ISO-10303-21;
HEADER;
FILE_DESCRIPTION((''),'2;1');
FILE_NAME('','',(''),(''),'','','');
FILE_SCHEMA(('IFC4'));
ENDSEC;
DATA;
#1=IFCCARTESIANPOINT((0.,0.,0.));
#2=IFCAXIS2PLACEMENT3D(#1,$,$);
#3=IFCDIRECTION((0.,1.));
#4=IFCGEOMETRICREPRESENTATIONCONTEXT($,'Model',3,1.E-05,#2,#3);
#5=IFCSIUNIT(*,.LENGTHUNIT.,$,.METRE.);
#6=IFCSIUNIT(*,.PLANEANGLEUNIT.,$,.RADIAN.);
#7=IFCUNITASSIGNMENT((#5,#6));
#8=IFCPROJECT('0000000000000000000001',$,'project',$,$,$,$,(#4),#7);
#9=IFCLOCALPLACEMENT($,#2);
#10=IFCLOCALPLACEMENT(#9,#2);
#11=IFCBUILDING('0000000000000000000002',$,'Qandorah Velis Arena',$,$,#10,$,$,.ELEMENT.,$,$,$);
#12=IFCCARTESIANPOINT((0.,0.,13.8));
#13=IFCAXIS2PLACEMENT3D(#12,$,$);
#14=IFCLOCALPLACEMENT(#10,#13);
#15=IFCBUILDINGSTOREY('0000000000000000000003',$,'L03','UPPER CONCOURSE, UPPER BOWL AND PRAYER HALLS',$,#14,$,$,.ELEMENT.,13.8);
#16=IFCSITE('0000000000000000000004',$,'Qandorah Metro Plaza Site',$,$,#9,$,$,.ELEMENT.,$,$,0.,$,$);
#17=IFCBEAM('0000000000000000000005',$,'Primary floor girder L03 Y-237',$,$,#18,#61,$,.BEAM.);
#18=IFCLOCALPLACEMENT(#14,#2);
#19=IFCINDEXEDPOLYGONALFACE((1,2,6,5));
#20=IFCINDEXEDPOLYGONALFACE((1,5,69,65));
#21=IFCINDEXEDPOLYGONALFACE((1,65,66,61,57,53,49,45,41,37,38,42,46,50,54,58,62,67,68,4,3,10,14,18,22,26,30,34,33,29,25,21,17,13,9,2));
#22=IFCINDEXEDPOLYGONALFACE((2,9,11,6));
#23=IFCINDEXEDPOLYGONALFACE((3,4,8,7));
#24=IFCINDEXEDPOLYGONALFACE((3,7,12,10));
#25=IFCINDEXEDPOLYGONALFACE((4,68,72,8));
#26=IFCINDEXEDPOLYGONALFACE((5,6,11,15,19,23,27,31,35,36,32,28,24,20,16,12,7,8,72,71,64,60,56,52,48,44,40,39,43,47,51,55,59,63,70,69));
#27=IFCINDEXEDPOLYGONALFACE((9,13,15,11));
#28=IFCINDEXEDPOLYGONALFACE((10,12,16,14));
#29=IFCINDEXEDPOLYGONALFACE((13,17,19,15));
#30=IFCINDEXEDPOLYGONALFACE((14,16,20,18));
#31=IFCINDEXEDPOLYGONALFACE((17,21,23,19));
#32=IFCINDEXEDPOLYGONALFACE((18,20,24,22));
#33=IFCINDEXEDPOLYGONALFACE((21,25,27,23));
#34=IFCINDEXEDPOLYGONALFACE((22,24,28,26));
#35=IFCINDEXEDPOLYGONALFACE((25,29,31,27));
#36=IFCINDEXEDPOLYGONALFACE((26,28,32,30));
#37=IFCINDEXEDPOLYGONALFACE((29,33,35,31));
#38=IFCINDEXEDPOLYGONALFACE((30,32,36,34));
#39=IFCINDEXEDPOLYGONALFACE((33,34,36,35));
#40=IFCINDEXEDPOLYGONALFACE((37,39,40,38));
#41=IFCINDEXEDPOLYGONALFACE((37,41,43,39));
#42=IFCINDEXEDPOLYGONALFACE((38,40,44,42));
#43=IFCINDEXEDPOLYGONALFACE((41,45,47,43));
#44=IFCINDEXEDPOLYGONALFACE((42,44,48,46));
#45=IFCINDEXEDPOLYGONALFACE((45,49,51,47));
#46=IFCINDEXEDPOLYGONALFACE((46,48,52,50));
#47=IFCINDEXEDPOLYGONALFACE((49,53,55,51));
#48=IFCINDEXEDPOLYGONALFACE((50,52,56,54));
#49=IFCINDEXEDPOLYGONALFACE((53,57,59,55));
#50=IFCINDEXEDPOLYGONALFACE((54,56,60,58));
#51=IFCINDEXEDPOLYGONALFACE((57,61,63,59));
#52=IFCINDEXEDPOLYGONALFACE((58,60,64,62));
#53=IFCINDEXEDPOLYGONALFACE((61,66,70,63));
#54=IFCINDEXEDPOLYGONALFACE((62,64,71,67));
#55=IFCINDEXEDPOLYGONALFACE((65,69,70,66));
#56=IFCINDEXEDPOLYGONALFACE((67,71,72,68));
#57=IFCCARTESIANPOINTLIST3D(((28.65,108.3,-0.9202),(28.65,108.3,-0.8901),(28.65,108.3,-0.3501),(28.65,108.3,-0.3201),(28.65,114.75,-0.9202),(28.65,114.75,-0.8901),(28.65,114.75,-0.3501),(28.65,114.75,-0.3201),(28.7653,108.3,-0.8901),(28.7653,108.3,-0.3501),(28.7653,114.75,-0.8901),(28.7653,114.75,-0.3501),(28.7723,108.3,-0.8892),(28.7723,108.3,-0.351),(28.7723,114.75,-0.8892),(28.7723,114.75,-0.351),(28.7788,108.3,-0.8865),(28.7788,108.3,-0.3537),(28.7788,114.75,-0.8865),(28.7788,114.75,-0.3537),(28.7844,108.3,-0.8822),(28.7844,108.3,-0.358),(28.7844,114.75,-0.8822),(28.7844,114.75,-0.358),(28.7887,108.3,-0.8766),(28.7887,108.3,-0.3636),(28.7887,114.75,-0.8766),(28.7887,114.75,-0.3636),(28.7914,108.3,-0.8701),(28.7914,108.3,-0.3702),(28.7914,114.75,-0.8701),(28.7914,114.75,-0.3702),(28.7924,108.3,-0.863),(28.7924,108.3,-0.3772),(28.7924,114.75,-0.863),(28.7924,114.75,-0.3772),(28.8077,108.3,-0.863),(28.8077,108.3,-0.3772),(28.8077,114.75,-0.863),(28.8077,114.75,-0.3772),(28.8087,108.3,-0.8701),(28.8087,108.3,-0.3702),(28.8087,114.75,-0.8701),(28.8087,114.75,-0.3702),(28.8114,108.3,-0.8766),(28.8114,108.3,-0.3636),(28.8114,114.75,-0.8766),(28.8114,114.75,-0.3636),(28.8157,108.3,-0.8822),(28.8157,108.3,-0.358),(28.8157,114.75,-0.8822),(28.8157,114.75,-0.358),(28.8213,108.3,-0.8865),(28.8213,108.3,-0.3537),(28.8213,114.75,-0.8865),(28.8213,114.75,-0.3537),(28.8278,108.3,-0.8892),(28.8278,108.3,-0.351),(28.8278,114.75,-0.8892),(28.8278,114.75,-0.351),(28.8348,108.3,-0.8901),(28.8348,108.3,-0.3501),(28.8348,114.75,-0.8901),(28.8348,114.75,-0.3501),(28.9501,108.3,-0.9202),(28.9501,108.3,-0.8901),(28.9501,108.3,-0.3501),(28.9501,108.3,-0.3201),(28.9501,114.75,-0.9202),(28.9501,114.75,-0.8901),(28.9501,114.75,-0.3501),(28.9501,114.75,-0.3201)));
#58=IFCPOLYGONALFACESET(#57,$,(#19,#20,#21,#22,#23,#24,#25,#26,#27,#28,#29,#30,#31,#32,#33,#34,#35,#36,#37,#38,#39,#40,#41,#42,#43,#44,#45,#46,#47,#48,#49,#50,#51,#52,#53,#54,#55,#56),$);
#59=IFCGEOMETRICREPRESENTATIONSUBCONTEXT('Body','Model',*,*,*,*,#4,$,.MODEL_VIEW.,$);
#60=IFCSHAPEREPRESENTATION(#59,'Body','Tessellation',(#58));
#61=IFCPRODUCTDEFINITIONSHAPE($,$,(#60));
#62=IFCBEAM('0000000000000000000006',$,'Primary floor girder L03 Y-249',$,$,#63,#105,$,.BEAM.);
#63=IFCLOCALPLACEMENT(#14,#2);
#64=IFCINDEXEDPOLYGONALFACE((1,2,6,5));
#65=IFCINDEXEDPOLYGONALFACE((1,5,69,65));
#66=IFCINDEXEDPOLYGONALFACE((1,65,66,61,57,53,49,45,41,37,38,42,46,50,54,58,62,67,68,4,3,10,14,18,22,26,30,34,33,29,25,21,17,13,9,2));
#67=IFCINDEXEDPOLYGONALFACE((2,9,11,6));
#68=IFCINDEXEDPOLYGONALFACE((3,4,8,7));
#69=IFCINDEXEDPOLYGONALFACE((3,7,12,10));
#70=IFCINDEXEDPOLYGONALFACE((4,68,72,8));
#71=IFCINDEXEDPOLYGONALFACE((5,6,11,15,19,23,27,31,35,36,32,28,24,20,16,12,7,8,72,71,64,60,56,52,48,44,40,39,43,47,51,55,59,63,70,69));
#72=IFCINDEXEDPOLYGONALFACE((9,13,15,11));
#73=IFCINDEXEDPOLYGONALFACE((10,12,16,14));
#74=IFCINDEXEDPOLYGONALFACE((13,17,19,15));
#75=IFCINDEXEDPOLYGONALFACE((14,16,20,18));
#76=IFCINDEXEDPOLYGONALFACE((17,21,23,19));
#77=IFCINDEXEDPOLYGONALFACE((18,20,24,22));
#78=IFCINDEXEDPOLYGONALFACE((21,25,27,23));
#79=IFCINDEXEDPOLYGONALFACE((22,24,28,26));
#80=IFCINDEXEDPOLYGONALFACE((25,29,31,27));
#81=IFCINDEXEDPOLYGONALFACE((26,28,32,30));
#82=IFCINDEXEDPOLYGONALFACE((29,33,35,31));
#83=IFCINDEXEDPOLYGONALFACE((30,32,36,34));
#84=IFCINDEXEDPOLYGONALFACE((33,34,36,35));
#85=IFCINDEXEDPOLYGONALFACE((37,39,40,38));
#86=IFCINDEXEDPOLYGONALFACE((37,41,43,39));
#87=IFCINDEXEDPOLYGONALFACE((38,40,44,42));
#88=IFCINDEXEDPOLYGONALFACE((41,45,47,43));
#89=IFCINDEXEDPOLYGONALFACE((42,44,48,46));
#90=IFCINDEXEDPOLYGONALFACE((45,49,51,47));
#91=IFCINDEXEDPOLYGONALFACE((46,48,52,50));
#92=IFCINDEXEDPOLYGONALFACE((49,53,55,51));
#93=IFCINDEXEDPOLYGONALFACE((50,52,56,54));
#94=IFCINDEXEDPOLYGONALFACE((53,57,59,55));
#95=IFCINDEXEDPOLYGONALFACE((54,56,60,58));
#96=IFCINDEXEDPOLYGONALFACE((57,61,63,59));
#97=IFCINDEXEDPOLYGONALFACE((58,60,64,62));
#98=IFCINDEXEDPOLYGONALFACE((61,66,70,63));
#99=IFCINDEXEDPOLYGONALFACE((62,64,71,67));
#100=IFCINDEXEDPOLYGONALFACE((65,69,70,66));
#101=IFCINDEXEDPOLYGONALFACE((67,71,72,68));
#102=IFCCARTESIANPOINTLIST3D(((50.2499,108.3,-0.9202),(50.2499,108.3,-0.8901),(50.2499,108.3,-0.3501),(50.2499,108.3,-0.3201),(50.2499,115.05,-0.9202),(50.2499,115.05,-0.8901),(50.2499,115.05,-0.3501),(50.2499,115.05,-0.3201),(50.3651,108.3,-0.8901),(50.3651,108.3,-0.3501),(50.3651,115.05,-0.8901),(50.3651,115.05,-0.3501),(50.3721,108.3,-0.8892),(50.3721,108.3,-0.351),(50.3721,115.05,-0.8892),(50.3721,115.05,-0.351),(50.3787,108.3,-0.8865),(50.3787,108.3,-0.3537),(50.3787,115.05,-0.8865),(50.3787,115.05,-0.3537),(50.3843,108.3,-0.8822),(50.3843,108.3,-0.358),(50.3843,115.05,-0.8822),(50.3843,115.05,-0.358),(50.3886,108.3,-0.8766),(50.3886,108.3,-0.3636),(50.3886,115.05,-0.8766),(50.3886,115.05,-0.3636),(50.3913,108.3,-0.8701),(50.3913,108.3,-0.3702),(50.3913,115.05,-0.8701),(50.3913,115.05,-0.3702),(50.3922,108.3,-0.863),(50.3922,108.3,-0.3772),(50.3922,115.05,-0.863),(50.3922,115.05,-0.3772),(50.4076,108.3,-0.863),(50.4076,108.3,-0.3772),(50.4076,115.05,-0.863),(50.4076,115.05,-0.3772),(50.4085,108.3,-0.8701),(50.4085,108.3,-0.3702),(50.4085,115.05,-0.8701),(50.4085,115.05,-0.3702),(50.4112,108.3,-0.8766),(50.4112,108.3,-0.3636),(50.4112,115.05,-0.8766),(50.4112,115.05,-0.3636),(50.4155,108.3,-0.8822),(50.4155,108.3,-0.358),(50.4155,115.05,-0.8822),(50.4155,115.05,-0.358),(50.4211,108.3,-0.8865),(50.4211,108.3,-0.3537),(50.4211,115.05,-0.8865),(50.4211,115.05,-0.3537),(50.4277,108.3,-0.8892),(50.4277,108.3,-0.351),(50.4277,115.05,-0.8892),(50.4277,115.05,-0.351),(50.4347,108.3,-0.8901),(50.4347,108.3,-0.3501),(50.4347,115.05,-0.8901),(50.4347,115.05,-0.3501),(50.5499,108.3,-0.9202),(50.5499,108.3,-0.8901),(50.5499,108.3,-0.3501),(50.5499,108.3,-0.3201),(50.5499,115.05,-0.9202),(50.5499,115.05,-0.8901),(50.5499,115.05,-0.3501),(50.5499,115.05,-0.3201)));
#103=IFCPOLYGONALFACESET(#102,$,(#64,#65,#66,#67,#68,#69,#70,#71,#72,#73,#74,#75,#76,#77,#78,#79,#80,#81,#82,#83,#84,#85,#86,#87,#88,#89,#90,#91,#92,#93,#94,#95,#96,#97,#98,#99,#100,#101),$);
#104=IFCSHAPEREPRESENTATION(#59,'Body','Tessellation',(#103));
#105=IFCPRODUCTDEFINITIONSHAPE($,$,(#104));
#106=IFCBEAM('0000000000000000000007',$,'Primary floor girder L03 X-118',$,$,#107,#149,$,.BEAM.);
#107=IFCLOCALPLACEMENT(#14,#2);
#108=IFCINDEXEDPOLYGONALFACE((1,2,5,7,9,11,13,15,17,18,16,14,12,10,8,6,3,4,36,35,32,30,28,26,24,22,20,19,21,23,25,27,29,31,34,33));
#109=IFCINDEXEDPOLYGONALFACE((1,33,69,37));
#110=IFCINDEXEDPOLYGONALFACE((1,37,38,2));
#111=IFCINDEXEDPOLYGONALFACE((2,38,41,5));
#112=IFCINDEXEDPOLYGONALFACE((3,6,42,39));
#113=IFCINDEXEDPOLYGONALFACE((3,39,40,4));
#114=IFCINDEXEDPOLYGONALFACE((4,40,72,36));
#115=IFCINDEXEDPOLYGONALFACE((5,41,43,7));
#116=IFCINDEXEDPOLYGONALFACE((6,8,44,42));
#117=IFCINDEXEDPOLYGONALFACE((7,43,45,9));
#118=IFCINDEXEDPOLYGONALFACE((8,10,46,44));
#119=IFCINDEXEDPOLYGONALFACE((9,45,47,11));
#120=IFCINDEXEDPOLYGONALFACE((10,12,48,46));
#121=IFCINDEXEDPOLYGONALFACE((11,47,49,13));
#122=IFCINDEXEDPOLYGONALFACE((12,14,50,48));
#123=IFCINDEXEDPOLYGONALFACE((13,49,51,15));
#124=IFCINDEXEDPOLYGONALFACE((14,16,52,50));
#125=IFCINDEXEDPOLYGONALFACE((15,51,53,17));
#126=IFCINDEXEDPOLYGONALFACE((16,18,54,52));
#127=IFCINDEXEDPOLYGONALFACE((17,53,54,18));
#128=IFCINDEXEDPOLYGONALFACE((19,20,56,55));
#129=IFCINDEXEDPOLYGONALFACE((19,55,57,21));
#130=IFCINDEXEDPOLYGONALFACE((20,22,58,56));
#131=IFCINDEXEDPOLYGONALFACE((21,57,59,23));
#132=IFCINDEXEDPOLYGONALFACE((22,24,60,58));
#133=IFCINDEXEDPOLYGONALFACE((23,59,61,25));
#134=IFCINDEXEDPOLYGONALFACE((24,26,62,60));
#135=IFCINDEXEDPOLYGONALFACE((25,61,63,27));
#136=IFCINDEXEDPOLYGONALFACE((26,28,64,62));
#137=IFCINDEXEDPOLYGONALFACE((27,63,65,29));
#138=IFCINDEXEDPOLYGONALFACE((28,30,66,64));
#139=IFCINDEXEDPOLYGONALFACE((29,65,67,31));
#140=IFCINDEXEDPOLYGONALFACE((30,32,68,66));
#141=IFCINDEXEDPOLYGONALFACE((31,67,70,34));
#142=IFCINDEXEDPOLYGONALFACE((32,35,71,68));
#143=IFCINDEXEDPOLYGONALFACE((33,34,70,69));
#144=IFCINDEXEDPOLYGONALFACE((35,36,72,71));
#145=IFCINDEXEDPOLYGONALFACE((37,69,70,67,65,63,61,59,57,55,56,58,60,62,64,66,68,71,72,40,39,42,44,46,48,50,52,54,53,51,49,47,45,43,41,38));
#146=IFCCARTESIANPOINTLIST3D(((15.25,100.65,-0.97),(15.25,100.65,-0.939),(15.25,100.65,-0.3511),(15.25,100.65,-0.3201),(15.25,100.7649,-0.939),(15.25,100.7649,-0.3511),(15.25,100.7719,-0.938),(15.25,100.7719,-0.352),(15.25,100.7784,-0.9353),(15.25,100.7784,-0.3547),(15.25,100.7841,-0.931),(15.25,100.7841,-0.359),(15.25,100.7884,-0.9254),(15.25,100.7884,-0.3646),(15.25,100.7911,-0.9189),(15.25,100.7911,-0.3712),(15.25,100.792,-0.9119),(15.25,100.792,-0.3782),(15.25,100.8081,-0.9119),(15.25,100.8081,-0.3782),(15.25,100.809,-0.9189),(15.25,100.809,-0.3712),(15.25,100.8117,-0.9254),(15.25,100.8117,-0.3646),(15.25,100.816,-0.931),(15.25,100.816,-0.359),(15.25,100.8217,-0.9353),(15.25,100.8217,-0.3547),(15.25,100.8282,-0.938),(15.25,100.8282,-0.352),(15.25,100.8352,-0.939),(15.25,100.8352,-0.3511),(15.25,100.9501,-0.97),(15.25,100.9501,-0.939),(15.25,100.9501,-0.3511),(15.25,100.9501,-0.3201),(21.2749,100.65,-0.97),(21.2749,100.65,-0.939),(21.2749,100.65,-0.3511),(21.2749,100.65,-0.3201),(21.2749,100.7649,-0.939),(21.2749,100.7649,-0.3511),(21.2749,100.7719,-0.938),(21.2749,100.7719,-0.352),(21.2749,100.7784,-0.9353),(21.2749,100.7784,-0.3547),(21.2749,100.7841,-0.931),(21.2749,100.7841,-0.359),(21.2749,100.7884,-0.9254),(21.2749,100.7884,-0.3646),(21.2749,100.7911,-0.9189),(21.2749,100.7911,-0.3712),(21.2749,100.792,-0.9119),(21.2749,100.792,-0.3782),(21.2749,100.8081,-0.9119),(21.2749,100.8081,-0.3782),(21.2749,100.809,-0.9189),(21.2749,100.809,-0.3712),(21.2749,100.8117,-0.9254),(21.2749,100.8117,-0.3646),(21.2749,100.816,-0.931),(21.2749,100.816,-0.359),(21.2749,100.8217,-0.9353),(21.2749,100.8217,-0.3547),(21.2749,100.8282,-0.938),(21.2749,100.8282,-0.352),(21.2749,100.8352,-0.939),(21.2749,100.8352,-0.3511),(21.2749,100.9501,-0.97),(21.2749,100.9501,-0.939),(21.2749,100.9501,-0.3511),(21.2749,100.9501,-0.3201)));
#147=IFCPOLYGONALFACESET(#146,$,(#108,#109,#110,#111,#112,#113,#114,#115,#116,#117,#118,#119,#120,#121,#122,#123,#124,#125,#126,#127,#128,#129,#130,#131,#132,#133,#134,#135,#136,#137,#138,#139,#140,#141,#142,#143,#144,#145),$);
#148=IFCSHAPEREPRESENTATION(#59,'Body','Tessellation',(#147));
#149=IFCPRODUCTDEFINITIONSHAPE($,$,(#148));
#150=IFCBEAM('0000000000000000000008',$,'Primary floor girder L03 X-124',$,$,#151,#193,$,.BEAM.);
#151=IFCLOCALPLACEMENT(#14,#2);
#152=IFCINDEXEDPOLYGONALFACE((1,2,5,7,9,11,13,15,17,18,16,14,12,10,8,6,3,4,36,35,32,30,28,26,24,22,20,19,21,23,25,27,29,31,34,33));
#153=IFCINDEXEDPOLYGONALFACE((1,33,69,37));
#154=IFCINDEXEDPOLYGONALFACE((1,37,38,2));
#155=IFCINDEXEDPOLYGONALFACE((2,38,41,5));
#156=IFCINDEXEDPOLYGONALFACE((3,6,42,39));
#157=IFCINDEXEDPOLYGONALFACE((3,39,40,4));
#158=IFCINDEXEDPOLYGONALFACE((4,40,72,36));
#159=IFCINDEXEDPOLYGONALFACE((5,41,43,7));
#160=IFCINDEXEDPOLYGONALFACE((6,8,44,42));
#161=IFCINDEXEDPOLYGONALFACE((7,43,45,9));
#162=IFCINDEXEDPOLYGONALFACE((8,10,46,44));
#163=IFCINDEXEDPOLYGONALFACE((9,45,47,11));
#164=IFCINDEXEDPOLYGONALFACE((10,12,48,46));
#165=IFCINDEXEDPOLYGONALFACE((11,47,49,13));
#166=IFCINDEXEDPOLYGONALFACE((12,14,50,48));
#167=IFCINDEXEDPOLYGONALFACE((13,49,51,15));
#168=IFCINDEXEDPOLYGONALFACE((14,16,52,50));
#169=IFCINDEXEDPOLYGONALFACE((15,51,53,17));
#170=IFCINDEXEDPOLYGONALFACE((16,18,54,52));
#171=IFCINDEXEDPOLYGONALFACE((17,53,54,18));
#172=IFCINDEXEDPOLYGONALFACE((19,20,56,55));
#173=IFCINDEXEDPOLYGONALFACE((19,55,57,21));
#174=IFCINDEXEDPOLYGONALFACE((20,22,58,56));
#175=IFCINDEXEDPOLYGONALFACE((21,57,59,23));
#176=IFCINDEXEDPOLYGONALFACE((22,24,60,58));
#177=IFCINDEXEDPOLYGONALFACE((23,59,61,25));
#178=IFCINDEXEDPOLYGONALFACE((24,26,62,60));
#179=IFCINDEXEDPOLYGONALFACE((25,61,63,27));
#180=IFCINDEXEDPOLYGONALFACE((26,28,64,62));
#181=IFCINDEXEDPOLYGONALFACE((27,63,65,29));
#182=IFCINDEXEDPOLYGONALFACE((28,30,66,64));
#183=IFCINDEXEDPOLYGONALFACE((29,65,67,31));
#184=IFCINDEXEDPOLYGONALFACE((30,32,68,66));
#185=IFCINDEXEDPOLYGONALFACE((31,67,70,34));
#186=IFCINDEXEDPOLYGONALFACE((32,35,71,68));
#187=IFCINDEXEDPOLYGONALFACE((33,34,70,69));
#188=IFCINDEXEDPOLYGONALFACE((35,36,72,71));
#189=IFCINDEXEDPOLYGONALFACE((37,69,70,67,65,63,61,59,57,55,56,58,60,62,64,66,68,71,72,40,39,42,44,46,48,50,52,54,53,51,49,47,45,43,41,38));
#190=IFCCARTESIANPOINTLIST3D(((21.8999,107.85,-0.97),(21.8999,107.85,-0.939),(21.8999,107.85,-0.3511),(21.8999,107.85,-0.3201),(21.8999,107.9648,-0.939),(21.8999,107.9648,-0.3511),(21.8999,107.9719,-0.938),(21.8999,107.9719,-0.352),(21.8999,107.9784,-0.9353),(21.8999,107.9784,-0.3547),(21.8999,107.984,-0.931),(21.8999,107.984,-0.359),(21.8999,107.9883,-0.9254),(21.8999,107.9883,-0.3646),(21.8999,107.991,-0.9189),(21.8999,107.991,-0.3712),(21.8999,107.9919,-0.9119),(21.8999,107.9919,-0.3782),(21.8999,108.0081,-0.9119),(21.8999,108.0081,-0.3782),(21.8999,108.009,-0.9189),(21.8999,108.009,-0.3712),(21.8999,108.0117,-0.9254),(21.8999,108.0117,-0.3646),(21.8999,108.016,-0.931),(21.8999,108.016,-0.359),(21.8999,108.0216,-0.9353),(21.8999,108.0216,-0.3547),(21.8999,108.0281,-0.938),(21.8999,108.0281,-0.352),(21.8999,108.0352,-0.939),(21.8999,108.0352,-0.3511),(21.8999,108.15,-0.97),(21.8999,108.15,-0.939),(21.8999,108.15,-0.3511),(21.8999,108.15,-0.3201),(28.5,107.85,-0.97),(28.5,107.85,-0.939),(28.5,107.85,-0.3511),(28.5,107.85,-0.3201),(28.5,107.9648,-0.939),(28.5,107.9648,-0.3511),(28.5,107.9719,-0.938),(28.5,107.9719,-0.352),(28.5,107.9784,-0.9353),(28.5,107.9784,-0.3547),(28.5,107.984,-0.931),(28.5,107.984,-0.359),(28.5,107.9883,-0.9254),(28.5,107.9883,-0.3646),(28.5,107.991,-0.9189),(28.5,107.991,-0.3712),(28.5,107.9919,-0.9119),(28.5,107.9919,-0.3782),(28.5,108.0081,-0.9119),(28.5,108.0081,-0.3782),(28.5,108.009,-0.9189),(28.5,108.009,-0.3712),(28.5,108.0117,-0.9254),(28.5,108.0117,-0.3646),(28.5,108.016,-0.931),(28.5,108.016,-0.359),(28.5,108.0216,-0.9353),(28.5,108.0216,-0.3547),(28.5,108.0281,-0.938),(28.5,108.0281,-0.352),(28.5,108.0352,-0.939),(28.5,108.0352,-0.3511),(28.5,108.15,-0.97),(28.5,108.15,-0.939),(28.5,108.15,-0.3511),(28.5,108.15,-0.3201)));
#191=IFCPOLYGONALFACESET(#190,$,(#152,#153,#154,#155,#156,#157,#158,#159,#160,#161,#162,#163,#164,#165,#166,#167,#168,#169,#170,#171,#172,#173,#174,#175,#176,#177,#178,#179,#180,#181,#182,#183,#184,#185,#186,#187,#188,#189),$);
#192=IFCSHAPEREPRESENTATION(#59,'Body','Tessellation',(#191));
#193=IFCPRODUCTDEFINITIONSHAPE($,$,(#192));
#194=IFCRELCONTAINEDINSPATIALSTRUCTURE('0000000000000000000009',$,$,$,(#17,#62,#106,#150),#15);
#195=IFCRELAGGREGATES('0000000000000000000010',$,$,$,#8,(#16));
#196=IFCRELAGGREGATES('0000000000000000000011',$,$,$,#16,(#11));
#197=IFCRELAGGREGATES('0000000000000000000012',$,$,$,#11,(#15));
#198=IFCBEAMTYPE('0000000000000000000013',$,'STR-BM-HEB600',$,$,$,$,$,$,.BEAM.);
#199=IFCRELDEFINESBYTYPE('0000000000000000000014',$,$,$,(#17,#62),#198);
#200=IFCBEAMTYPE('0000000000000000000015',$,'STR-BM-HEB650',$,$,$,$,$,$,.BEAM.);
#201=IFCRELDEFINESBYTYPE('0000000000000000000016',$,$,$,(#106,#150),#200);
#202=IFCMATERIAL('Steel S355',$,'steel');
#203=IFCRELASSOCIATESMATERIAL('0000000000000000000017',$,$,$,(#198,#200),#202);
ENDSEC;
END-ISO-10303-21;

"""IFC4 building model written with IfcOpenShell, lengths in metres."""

from ifc_helpers import new_model, si_unit, direction, frame, origin, origin_2d, place, context, subcontext, project, spatial, i_section, extrude, material, material_profile, profile_set, type_object, element, save


model = new_model("IFC4")

# Units and contexts
model_context = context("Model", 3, precision=1e-05, world=origin(), true_north=direction((0.0, 1.0)))
body_context = subcontext(model_context, "Body", "Model", "MODEL_VIEW")
ifc_project = project(units=[si_unit("LENGTHUNIT", "METRE"), si_unit("PLANEANGLEUNIT", "RADIAN")], contexts=[model_context])

# Site, building, storey
site_placement = place(None, origin())
site = spatial("IfcSite", under=ifc_project, at=site_placement, Name="Qandorah Metro Plaza Site", CompositionType="ELEMENT", RefElevation=0.0)
building_placement = place(site_placement, origin())
building = spatial("IfcBuilding", under=site, at=building_placement, Name="Qandorah Velis Arena", CompositionType="ELEMENT")
storey_placement = place(building_placement, frame((0.0, 0.0, 13.8)))
storey = spatial("IfcBuildingStorey", under=building, at=storey_placement, Name="L03", Description="UPPER CONCOURSE, UPPER BOWL AND PRAYER HALLS", CompositionType="ELEMENT", Elevation=13.8)

# Beams
ifc_material_1 = material(Name="Steel S355", Category="steel")
ifc_material_profile_1 = material_profile(ifc_material_1, i_section(OverallWidth=0.3, OverallDepth=0.6001, WebThickness=0.0154, FlangeThickness=0.03, FilletRadius=0.0271, at=origin_2d()), Name="HEB 600")
ifc_profile_set_1 = profile_set([ifc_material_profile_1], Name="Steel S355")
beam_type_1 = type_object("IfcBeamType", Name="STR-BM-HEB600", PredefinedType="BEAM", material=ifc_profile_set_1)
beam_1_placement = place(storey_placement, frame((28.8, 108.3, -0.6201), z_axis=(0.0, 1.0, 0.0), x_axis=(-1.0, 0.0, 0.0)))
element("IfcBeam", 1, at=beam_1_placement, inside=storey, type_object=beam_type_1, Name="Primary floor girder L03 Y-237", PredefinedType="BEAM", context=body_context, shape_type="SweptSolid", body=[
    extrude(i_section(OverallWidth=0.3, OverallDepth=0.6001, WebThickness=0.0154, FlangeThickness=0.03, FilletRadius=0.0271, at=origin_2d()), origin(), (0.0, 0.0, 1.0), 6.45),
])
beam_2_placement = place(storey_placement, frame((50.3999, 108.3, -0.6201), z_axis=(0.0, 1.0, 0.0), x_axis=(-1.0, 0.0, 0.0)))
element("IfcBeam", 2, at=beam_2_placement, inside=storey, type_object=beam_type_1, Name="Primary floor girder L03 Y-249", PredefinedType="BEAM", context=body_context, shape_type="SweptSolid", body=[
    extrude(i_section(OverallWidth=0.3, OverallDepth=0.6001, WebThickness=0.0154, FlangeThickness=0.03, FilletRadius=0.0271, at=origin_2d()), origin(), (0.0, 0.0, 1.0), 6.75),
])
ifc_material_profile_2 = material_profile(ifc_material_1, i_section(OverallWidth=0.3, OverallDepth=0.6499, WebThickness=0.0161, FlangeThickness=0.031, FilletRadius=0.0271, at=origin_2d()), Name="HEB 650")
ifc_profile_set_2 = profile_set([ifc_material_profile_2], Name="Steel S355")
beam_type_2 = type_object("IfcBeamType", Name="STR-BM-HEB650", PredefinedType="BEAM", material=ifc_profile_set_2)
beam_3_placement = place(storey_placement, frame((15.25, 100.8, -0.645), z_axis=(1.0, 0.0, 0.0), x_axis=(0.0, 1.0, 0.0)))
element("IfcBeam", 3, at=beam_3_placement, inside=storey, type_object=beam_type_2, Name="Primary floor girder L03 X-118", PredefinedType="BEAM", context=body_context, shape_type="SweptSolid", body=[
    extrude(i_section(OverallWidth=0.3, OverallDepth=0.6499, WebThickness=0.0161, FlangeThickness=0.031, FilletRadius=0.0271, at=origin_2d()), origin(), (0.0, 0.0, 1.0), 6.0249),
])
beam_4_placement = place(storey_placement, frame((21.8999, 108.0, -0.645), z_axis=(1.0, 0.0, 0.0), x_axis=(0.0, 1.0, 0.0)))
element("IfcBeam", 4, at=beam_4_placement, inside=storey, type_object=beam_type_2, Name="Primary floor girder L03 X-124", PredefinedType="BEAM", context=body_context, shape_type="SweptSolid", body=[
    extrude(i_section(OverallWidth=0.3, OverallDepth=0.6499, WebThickness=0.0161, FlangeThickness=0.031, FilletRadius=0.0271, at=origin_2d()), origin(), (0.0, 0.0, 1.0), 6.6001),
])

save(model, "model.ifc")
